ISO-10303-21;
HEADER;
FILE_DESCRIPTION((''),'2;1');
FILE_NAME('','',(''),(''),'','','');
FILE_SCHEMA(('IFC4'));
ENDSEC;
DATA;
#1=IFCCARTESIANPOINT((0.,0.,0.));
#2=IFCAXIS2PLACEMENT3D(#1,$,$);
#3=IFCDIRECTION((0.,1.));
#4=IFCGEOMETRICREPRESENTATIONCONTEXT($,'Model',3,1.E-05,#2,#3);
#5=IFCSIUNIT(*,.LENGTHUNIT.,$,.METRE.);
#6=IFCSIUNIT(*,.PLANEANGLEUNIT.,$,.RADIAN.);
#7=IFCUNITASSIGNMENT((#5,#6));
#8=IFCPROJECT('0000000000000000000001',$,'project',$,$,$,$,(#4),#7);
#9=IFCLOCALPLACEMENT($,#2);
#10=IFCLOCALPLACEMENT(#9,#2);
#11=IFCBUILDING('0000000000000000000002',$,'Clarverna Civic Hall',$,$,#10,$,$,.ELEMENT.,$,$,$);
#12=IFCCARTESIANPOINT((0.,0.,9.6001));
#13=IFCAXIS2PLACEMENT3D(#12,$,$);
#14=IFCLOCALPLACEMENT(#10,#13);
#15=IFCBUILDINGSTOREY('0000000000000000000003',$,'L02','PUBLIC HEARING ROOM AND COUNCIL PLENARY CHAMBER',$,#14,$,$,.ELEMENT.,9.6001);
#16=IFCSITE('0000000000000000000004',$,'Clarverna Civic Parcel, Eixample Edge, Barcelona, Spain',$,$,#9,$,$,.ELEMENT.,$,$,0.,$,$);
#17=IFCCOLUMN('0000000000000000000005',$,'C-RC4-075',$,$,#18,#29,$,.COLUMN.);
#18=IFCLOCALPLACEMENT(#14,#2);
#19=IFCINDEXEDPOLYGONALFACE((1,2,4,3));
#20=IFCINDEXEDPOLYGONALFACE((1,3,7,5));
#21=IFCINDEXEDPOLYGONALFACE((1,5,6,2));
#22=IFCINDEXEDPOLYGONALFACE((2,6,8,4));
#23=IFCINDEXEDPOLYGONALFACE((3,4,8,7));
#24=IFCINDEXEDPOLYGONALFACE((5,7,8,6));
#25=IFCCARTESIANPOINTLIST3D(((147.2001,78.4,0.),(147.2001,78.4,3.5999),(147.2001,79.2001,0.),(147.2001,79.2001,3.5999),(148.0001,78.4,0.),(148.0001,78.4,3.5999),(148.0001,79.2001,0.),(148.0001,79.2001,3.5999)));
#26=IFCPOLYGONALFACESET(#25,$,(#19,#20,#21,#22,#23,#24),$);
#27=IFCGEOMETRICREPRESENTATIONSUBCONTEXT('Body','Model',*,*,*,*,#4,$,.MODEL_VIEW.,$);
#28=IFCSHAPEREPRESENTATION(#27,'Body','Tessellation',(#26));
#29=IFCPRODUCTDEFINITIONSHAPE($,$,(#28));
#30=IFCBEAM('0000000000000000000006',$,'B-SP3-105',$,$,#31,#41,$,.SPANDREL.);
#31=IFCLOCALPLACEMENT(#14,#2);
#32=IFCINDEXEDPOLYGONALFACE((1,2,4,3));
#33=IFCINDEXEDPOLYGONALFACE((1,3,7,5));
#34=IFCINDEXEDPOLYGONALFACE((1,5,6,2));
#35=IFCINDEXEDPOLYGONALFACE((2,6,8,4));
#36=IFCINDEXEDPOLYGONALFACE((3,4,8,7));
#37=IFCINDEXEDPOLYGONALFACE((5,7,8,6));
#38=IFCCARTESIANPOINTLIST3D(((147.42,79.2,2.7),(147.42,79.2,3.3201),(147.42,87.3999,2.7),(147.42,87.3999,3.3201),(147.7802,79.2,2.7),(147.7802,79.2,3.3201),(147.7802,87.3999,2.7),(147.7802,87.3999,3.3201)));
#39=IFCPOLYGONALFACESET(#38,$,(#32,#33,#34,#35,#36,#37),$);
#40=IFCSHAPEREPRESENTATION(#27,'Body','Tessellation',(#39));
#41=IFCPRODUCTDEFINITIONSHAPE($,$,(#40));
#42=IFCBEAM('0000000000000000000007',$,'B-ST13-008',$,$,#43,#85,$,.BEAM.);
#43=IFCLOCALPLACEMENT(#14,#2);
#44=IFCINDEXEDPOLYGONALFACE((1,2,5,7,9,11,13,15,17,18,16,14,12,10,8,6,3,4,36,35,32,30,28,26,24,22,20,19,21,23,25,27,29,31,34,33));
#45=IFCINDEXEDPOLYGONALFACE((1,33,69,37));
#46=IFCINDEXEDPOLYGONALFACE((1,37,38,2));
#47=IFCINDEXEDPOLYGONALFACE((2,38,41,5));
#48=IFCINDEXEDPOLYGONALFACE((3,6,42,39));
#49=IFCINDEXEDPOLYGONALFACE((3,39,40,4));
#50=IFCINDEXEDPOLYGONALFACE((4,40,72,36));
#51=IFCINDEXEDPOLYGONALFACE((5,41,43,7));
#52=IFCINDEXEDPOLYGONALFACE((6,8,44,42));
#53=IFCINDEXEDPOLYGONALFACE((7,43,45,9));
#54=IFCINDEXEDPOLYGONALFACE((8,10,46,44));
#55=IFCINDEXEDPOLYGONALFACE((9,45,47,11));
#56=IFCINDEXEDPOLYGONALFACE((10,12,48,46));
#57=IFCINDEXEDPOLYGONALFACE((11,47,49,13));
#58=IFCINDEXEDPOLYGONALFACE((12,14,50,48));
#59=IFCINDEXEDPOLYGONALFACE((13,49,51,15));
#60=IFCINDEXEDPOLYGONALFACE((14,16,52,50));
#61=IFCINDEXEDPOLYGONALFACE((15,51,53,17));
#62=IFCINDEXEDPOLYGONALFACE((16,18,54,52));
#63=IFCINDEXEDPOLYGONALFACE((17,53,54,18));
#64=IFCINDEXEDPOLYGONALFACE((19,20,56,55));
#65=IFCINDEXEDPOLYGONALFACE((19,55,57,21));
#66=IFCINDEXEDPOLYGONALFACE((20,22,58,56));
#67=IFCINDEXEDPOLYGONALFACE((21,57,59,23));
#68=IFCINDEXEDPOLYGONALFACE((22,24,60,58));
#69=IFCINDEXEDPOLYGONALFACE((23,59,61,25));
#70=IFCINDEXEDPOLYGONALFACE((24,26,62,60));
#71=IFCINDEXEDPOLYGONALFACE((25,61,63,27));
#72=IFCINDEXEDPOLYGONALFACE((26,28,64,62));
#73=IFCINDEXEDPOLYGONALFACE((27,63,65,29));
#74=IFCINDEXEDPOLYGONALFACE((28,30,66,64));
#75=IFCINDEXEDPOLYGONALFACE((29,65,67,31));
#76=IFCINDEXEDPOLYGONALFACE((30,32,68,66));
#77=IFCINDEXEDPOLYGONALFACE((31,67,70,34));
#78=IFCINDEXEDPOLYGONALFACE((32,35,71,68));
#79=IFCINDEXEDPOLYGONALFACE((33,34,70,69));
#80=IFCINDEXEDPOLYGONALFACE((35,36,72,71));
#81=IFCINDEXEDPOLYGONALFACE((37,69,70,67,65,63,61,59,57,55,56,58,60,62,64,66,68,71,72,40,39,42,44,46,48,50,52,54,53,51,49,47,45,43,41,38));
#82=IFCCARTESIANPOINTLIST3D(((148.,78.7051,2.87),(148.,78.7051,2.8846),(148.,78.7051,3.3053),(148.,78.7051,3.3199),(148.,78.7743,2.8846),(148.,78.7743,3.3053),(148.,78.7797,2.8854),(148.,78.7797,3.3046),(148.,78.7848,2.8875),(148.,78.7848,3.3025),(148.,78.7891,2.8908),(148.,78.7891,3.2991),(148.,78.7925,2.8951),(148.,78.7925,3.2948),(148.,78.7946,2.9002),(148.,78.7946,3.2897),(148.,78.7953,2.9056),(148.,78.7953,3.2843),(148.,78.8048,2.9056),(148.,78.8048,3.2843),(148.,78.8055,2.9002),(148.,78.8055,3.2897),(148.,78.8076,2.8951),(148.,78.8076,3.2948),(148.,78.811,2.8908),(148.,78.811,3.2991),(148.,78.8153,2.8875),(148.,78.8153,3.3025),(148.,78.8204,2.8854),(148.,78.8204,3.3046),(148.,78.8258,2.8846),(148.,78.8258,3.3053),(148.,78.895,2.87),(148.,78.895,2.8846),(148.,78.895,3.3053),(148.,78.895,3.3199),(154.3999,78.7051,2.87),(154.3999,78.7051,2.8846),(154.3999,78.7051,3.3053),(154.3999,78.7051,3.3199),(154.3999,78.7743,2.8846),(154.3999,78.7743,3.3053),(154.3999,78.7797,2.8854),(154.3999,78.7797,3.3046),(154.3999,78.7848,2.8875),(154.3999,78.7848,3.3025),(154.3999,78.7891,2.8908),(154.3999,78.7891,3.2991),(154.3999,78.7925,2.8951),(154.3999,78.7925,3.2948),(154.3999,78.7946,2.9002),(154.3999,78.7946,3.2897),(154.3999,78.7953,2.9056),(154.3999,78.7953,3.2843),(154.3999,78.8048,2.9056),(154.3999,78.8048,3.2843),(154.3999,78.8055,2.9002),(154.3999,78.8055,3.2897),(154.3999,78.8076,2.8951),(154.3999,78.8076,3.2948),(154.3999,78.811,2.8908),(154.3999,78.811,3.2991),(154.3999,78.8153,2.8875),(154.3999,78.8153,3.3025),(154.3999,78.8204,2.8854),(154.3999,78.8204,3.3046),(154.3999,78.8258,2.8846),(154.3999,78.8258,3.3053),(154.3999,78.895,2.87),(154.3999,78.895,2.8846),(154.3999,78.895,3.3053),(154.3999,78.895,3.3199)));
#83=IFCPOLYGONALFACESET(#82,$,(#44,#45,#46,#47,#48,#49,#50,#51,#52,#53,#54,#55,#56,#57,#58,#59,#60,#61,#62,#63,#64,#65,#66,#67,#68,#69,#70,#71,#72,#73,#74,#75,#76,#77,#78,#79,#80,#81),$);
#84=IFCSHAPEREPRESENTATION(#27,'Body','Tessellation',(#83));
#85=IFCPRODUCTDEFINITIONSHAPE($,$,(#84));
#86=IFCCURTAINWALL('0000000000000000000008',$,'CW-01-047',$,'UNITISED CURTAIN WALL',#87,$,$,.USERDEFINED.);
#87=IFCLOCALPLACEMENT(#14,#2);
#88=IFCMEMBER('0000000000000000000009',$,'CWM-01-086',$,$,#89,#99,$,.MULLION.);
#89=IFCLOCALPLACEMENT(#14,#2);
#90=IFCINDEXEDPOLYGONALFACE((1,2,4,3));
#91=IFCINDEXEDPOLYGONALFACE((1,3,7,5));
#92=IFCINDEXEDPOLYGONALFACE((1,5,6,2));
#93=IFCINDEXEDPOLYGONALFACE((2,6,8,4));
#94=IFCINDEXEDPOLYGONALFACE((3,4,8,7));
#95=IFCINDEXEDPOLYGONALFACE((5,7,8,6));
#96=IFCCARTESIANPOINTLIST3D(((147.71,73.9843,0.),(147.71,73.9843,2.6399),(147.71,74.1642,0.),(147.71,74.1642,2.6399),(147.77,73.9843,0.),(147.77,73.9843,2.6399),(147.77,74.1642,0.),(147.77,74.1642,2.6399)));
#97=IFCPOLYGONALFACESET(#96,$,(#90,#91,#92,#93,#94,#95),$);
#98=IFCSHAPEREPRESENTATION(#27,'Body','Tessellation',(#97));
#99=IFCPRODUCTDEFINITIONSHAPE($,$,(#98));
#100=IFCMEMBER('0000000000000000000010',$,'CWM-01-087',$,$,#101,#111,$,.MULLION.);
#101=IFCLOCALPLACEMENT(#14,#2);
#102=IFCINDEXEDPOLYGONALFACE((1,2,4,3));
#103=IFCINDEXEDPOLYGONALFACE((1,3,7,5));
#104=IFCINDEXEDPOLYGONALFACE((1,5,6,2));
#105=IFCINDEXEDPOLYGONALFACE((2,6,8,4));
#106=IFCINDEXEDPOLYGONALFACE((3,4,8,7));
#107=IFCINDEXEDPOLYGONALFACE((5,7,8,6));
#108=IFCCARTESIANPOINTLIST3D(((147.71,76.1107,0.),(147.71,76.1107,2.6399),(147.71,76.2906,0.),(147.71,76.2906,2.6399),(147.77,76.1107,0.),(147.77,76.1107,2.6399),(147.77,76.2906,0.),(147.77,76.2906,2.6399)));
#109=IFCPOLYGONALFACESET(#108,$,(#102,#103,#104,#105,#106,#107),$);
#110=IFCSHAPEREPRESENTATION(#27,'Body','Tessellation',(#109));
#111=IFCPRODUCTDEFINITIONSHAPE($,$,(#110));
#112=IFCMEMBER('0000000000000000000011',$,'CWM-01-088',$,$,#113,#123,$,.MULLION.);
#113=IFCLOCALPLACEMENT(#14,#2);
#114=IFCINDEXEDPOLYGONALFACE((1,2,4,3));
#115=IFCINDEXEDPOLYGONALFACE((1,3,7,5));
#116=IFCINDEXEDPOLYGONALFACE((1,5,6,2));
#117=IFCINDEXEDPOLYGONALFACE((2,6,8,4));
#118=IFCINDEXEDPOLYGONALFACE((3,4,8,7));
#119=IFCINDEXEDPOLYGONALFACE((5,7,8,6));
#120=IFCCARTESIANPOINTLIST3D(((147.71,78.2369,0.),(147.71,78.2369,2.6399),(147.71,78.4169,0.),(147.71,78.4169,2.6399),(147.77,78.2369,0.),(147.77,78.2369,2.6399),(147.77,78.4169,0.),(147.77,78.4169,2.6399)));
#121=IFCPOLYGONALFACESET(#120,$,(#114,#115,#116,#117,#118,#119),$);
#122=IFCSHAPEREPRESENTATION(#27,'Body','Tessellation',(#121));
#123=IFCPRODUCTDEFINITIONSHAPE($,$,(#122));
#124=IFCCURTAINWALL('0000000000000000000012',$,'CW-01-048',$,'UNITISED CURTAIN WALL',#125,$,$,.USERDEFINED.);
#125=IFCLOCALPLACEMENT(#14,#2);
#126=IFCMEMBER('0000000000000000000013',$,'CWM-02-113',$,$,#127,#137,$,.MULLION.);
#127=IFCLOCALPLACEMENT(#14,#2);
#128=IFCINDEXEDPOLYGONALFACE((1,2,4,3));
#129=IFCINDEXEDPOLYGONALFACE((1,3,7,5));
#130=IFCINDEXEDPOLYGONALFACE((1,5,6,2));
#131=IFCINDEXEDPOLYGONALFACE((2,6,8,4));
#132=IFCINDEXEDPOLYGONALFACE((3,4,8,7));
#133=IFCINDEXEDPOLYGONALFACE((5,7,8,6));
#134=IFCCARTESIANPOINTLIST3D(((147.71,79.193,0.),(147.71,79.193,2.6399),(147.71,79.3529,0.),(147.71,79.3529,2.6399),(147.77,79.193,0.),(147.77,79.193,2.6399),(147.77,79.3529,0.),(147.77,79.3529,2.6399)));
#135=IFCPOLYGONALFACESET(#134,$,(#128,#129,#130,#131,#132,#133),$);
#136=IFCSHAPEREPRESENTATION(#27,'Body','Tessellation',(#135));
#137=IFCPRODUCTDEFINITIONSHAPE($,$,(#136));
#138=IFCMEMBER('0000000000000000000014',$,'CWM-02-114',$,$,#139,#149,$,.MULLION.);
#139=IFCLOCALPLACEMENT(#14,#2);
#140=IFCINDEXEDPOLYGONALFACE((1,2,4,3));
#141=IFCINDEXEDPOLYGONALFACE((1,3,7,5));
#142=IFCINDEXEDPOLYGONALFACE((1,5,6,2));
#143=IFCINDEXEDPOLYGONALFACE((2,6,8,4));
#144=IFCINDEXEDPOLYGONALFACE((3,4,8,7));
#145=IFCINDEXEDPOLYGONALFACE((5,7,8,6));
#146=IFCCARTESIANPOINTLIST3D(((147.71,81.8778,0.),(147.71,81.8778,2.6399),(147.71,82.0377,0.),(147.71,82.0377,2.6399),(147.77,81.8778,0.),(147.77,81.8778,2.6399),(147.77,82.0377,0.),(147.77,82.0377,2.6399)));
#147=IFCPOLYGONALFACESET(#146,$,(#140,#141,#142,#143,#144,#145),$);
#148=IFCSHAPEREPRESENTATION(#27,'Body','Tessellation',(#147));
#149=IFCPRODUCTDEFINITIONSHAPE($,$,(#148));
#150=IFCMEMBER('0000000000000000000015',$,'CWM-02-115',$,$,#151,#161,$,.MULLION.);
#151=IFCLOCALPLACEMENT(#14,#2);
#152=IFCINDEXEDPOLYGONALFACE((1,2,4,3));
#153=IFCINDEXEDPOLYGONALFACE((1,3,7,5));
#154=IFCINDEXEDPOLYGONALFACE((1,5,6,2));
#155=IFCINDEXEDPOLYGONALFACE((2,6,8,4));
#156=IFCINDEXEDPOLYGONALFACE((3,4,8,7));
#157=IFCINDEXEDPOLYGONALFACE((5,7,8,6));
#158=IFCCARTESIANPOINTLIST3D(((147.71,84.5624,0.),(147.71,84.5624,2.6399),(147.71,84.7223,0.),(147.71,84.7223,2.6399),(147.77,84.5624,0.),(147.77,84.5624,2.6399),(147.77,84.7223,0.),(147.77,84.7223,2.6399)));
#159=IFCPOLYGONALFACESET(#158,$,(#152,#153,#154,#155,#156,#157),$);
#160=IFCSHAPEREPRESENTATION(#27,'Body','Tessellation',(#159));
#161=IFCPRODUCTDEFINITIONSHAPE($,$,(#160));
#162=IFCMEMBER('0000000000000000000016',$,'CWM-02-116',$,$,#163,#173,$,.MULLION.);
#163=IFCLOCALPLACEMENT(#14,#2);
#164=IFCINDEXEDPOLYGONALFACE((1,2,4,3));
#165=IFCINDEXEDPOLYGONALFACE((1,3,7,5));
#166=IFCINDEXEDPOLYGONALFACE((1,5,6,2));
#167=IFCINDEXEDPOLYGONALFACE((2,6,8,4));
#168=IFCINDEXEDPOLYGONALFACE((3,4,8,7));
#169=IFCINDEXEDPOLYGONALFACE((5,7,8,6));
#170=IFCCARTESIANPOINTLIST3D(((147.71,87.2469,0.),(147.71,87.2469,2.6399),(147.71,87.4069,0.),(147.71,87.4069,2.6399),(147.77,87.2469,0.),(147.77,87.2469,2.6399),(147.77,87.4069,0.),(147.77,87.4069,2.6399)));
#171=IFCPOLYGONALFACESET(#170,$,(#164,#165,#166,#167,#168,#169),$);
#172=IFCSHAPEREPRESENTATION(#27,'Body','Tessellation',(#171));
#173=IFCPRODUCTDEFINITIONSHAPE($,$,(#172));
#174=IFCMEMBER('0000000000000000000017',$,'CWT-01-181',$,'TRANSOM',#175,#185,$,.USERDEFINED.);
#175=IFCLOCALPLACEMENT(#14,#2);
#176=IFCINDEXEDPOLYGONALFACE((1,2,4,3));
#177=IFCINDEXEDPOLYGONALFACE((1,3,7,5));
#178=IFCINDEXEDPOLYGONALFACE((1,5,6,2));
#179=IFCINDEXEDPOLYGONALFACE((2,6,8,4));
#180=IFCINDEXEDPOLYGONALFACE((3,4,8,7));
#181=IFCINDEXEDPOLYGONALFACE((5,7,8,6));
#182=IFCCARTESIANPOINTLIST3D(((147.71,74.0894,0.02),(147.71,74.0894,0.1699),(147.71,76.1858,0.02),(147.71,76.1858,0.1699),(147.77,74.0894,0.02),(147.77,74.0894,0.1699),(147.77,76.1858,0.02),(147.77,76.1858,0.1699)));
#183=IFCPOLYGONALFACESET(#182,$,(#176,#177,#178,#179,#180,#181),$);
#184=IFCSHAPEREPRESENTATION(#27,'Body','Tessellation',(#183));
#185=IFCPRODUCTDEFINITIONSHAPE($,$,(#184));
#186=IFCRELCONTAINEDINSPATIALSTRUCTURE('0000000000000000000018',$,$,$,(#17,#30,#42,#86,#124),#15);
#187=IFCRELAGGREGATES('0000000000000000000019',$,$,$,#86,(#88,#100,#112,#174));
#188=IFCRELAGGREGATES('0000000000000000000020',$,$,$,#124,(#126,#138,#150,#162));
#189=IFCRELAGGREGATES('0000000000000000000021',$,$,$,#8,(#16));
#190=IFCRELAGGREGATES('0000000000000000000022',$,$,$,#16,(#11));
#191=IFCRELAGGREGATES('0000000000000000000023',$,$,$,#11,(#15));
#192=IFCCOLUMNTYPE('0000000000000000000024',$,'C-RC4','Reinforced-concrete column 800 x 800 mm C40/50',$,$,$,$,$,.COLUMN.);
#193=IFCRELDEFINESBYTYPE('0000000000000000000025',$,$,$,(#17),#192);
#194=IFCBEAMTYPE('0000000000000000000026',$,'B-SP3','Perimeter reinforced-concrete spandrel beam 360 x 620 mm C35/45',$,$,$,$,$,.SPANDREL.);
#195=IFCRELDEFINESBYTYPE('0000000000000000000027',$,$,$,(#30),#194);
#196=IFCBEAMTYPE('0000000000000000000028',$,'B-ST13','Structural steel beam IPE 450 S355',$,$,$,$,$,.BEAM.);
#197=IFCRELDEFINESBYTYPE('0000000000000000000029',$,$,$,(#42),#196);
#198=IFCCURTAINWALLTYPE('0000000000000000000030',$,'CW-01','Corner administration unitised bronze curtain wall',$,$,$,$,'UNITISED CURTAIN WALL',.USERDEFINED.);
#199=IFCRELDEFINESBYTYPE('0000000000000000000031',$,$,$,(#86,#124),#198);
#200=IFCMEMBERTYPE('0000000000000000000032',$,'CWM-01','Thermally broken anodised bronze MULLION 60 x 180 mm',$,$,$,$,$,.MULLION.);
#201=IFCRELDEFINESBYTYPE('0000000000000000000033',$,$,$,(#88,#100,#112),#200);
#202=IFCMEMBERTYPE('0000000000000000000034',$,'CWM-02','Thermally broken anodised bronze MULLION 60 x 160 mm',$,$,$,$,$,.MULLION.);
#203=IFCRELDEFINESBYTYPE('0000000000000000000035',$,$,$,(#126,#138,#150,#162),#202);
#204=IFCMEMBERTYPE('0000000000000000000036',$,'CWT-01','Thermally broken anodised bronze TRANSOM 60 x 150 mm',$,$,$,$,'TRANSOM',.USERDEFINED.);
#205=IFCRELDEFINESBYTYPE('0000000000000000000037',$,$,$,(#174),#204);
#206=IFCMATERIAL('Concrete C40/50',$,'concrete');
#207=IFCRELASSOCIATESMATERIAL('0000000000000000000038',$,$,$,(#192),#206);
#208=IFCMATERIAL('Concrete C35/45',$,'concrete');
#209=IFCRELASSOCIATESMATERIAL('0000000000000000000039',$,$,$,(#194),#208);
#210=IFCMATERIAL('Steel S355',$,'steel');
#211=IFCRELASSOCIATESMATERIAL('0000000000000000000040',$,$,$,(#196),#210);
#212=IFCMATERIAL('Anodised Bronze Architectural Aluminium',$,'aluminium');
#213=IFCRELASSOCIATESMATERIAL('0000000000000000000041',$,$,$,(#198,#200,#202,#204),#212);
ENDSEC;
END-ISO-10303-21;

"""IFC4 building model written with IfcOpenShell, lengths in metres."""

from ifc_helpers import new_model, si_unit, direction, frame, origin, origin_2d, place, context, subcontext, project, spatial, rectangle, i_section, extrude, material, material_profile, profile_set, type_object, element, aggregate, save


model = new_model("IFC4")

# Units and contexts
model_context = context("Model", 3, precision=1e-05, world=origin(), true_north=direction((0.0, 1.0)))
body_context = subcontext(model_context, "Body", "Model", "MODEL_VIEW")
ifc_project = project(units=[si_unit("LENGTHUNIT", "METRE"), si_unit("PLANEANGLEUNIT", "RADIAN")], contexts=[model_context])

# Site, building, storey
site_placement = place(None, origin())
site = spatial("IfcSite", under=ifc_project, at=site_placement, Name="Clarverna Civic Parcel, Eixample Edge, Barcelona, Spain", CompositionType="ELEMENT", RefElevation=0.0)
building_placement = place(site_placement, origin())
building = spatial("IfcBuilding", under=site, at=building_placement, Name="Clarverna Civic Hall", CompositionType="ELEMENT")
storey_placement = place(building_placement, frame((0.0, 0.0, 9.6001)))
storey = spatial("IfcBuildingStorey", under=building, at=storey_placement, Name="L02", Description="PUBLIC HEARING ROOM AND COUNCIL PLENARY CHAMBER", CompositionType="ELEMENT", Elevation=9.6001)

# Column
ifc_material_1 = material(Name="Concrete C40/50", Category="concrete")
ifc_material_profile_1 = material_profile(ifc_material_1, rectangle(XDim=0.8, YDim=0.8, at=origin_2d()), Name="RC 800x800")
ifc_profile_set_1 = profile_set([ifc_material_profile_1], Name="Concrete C40/50")
column_type = type_object("IfcColumnType", Name="C-RC4", Description="Reinforced-concrete column 800 x 800 mm C40/50", PredefinedType="COLUMN", material=ifc_profile_set_1)
column_placement = place(storey_placement, frame((147.6001, 78.8, 0.0), z_axis=(0.0, 0.0, 1.0), x_axis=(1.0, 0.0, 0.0)))
element("IfcColumn", 1, at=column_placement, inside=storey, type_object=column_type, Name="C-RC4-075", PredefinedType="COLUMN", context=body_context, shape_type="SweptSolid", body=[
    extrude(rectangle(XDim=0.8, YDim=0.8, at=origin_2d()), origin(), (0.0, 0.0, 1.0), 3.5999),
])

# Beams
ifc_material_2 = material(Name="Concrete C35/45", Category="concrete")
ifc_material_profile_2 = material_profile(ifc_material_2, rectangle(XDim=0.3601, YDim=0.6201, at=origin_2d()), Name="RC 360x620")
ifc_profile_set_2 = profile_set([ifc_material_profile_2], Name="Concrete C35/45")
beam_type_1 = type_object("IfcBeamType", Name="B-SP3", Description="Perimeter reinforced-concrete spandrel beam 360 x 620 mm C35/45", PredefinedType="SPANDREL", material=ifc_profile_set_2)
beam_1_placement = place(storey_placement, frame((147.6001, 79.2, 3.01), z_axis=(0.0, 1.0, 0.0), x_axis=(-1.0, 0.0, 0.0)))
element("IfcBeam", 2, at=beam_1_placement, inside=storey, type_object=beam_type_1, Name="B-SP3-105", PredefinedType="SPANDREL", context=body_context, shape_type="SweptSolid", body=[
    extrude(rectangle(XDim=0.3601, YDim=0.6201, at=origin_2d()), origin(), (0.0, 0.0, 1.0), 8.2),
])
ifc_material_3 = material(Name="Steel S355", Category="steel")
ifc_material_profile_3 = material_profile(ifc_material_3, i_section(OverallWidth=0.1899, OverallDepth=0.45, WebThickness=0.0095, FlangeThickness=0.0146, FilletRadius=0.021, at=origin_2d()), Name="IPE 450")
ifc_profile_set_3 = profile_set([ifc_material_profile_3], Name="Steel S355")
beam_type_2 = type_object("IfcBeamType", Name="B-ST13", Description="Structural steel beam IPE 450 S355", PredefinedType="BEAM", material=ifc_profile_set_3)
beam_2_placement = place(storey_placement, frame((148.0, 78.8, 3.095), z_axis=(1.0, 0.0, 0.0), x_axis=(0.0, 1.0, 0.0)))
element("IfcBeam", 3, at=beam_2_placement, inside=storey, type_object=beam_type_2, Name="B-ST13-008", PredefinedType="BEAM", context=body_context, shape_type="SweptSolid", body=[
    extrude(i_section(OverallWidth=0.1899, OverallDepth=0.45, WebThickness=0.0095, FlangeThickness=0.0146, FilletRadius=0.021, at=origin_2d()), origin(), (0.0, 0.0, 1.0), 6.3999),
])

# Curtain walls, members
ifc_material_4 = material(Name="Anodised Bronze Architectural Aluminium", Category="aluminium")
curtain_wall_type = type_object("IfcCurtainWallType", Name="CW-01", Description="Corner administration unitised bronze curtain wall", ElementType="UNITISED CURTAIN WALL", PredefinedType="USERDEFINED", material=ifc_material_4)
curtain_wall_1_placement = place(storey_placement, origin())
curtain_wall_1 = element("IfcCurtainWall", 4, at=curtain_wall_1_placement, inside=storey, type_object=curtain_wall_type, Name="CW-01-047", ObjectType="UNITISED CURTAIN WALL", PredefinedType="USERDEFINED")
ifc_material_profile_4 = material_profile(ifc_material_4, rectangle(XDim=0.0601, YDim=0.1799, at=origin_2d()), Name="BRONZE 60x180")
ifc_profile_set_4 = profile_set([ifc_material_profile_4], Name="Anodised Bronze Architectural Aluminium")
member_type_1 = type_object("IfcMemberType", Name="CWM-01", Description="Thermally broken anodised bronze MULLION 60 x 180 mm", PredefinedType="MULLION", material=ifc_profile_set_4)
member_1_placement = place(storey_placement, frame((147.74, 74.0742, 0.0), z_axis=(0.0, 0.0, 1.0), x_axis=(1.0, 0.0, 0.0)))
member_1 = element("IfcMember", 5, at=member_1_placement, type_object=member_type_1, Name="CWM-01-086", PredefinedType="MULLION", context=body_context, shape_type="SweptSolid", body=[
    extrude(rectangle(XDim=0.0601, YDim=0.1799, at=origin_2d()), origin(), (0.0, 0.0, 1.0), 2.6399),
])
member_2_placement = place(storey_placement, frame((147.74, 76.2007, 0.0), z_axis=(0.0, 0.0, 1.0), x_axis=(1.0, 0.0, 0.0)))
member_2 = element("IfcMember", 6, at=member_2_placement, type_object=member_type_1, Name="CWM-01-087", PredefinedType="MULLION", context=body_context, shape_type="SweptSolid", body=[
    extrude(rectangle(XDim=0.0601, YDim=0.1799, at=origin_2d()), origin(), (0.0, 0.0, 1.0), 2.6399),
])
member_3_placement = place(storey_placement, frame((147.74, 78.3269, 0.0), z_axis=(0.0, 0.0, 1.0), x_axis=(1.0, 0.0, 0.0)))
member_3 = element("IfcMember", 7, at=member_3_placement, type_object=member_type_1, Name="CWM-01-088", PredefinedType="MULLION", context=body_context, shape_type="SweptSolid", body=[
    extrude(rectangle(XDim=0.0601, YDim=0.1799, at=origin_2d()), origin(), (0.0, 0.0, 1.0), 2.6399),
])
curtain_wall_2_placement = place(storey_placement, origin())
curtain_wall_2 = element("IfcCurtainWall", 8, at=curtain_wall_2_placement, inside=storey, type_object=curtain_wall_type, Name="CW-01-048", ObjectType="UNITISED CURTAIN WALL", PredefinedType="USERDEFINED")
ifc_material_profile_5 = material_profile(ifc_material_4, rectangle(XDim=0.0601, YDim=0.1599, at=origin_2d()), Name="BRONZE 60x160")
ifc_profile_set_5 = profile_set([ifc_material_profile_5], Name="Anodised Bronze Architectural Aluminium")
member_type_2 = type_object("IfcMemberType", Name="CWM-02", Description="Thermally broken anodised bronze MULLION 60 x 160 mm", PredefinedType="MULLION", material=ifc_profile_set_5)
member_4_placement = place(storey_placement, frame((147.74, 79.2729, 0.0), z_axis=(0.0, 0.0, 1.0), x_axis=(1.0, 0.0, 0.0)))
member_4 = element("IfcMember", 9, at=member_4_placement, type_object=member_type_2, Name="CWM-02-113", PredefinedType="MULLION", context=body_context, shape_type="SweptSolid", body=[
    extrude(rectangle(XDim=0.0601, YDim=0.1599, at=origin_2d()), origin(), (0.0, 0.0, 1.0), 2.6399),
])
member_5_placement = place(storey_placement, frame((147.74, 81.9578, 0.0), z_axis=(0.0, 0.0, 1.0), x_axis=(1.0, 0.0, 0.0)))
member_5 = element("IfcMember", 10, at=member_5_placement, type_object=member_type_2, Name="CWM-02-114", PredefinedType="MULLION", context=body_context, shape_type="SweptSolid", body=[
    extrude(rectangle(XDim=0.0601, YDim=0.1599, at=origin_2d()), origin(), (0.0, 0.0, 1.0), 2.6399),
])
member_6_placement = place(storey_placement, frame((147.74, 84.6423, 0.0), z_axis=(0.0, 0.0, 1.0), x_axis=(1.0, 0.0, 0.0)))
member_6 = element("IfcMember", 11, at=member_6_placement, type_object=member_type_2, Name="CWM-02-115", PredefinedType="MULLION", context=body_context, shape_type="SweptSolid", body=[
    extrude(rectangle(XDim=0.0601, YDim=0.1599, at=origin_2d()), origin(), (0.0, 0.0, 1.0), 2.6399),
])
member_7_placement = place(storey_placement, frame((147.74, 87.3269, 0.0), z_axis=(0.0, 0.0, 1.0), x_axis=(1.0, 0.0, 0.0)))
member_7 = element("IfcMember", 12, at=member_7_placement, type_object=member_type_2, Name="CWM-02-116", PredefinedType="MULLION", context=body_context, shape_type="SweptSolid", body=[
    extrude(rectangle(XDim=0.0601, YDim=0.1599, at=origin_2d()), origin(), (0.0, 0.0, 1.0), 2.6399),
])

# Member
ifc_material_profile_6 = material_profile(ifc_material_4, rectangle(XDim=0.0601, YDim=0.1499, at=origin_2d()), Name="BRONZE 60x150")
ifc_profile_set_6 = profile_set([ifc_material_profile_6], Name="Anodised Bronze Architectural Aluminium")
member_type_3 = type_object("IfcMemberType", Name="CWT-01", Description="Thermally broken anodised bronze TRANSOM 60 x 150 mm", ElementType="TRANSOM", PredefinedType="USERDEFINED", material=ifc_profile_set_6)
member_8_placement = place(storey_placement, frame((147.74, 74.0894, 0.095), z_axis=(0.0, 1.0, 0.0), x_axis=(-1.0, 0.0, 0.0)))
member_8 = element("IfcMember", 13, at=member_8_placement, type_object=member_type_3, Name="CWT-01-181", ObjectType="TRANSOM", PredefinedType="USERDEFINED", context=body_context, shape_type="SweptSolid", body=[
    extrude(rectangle(XDim=0.0601, YDim=0.1499, at=origin_2d()), origin(), (0.0, 0.0, 1.0), 2.0964),
])

aggregate(curtain_wall_1, [member_1, member_2, member_3, member_8])
aggregate(curtain_wall_2, [member_4, member_5, member_6, member_7])

save(model, "model.ifc")
